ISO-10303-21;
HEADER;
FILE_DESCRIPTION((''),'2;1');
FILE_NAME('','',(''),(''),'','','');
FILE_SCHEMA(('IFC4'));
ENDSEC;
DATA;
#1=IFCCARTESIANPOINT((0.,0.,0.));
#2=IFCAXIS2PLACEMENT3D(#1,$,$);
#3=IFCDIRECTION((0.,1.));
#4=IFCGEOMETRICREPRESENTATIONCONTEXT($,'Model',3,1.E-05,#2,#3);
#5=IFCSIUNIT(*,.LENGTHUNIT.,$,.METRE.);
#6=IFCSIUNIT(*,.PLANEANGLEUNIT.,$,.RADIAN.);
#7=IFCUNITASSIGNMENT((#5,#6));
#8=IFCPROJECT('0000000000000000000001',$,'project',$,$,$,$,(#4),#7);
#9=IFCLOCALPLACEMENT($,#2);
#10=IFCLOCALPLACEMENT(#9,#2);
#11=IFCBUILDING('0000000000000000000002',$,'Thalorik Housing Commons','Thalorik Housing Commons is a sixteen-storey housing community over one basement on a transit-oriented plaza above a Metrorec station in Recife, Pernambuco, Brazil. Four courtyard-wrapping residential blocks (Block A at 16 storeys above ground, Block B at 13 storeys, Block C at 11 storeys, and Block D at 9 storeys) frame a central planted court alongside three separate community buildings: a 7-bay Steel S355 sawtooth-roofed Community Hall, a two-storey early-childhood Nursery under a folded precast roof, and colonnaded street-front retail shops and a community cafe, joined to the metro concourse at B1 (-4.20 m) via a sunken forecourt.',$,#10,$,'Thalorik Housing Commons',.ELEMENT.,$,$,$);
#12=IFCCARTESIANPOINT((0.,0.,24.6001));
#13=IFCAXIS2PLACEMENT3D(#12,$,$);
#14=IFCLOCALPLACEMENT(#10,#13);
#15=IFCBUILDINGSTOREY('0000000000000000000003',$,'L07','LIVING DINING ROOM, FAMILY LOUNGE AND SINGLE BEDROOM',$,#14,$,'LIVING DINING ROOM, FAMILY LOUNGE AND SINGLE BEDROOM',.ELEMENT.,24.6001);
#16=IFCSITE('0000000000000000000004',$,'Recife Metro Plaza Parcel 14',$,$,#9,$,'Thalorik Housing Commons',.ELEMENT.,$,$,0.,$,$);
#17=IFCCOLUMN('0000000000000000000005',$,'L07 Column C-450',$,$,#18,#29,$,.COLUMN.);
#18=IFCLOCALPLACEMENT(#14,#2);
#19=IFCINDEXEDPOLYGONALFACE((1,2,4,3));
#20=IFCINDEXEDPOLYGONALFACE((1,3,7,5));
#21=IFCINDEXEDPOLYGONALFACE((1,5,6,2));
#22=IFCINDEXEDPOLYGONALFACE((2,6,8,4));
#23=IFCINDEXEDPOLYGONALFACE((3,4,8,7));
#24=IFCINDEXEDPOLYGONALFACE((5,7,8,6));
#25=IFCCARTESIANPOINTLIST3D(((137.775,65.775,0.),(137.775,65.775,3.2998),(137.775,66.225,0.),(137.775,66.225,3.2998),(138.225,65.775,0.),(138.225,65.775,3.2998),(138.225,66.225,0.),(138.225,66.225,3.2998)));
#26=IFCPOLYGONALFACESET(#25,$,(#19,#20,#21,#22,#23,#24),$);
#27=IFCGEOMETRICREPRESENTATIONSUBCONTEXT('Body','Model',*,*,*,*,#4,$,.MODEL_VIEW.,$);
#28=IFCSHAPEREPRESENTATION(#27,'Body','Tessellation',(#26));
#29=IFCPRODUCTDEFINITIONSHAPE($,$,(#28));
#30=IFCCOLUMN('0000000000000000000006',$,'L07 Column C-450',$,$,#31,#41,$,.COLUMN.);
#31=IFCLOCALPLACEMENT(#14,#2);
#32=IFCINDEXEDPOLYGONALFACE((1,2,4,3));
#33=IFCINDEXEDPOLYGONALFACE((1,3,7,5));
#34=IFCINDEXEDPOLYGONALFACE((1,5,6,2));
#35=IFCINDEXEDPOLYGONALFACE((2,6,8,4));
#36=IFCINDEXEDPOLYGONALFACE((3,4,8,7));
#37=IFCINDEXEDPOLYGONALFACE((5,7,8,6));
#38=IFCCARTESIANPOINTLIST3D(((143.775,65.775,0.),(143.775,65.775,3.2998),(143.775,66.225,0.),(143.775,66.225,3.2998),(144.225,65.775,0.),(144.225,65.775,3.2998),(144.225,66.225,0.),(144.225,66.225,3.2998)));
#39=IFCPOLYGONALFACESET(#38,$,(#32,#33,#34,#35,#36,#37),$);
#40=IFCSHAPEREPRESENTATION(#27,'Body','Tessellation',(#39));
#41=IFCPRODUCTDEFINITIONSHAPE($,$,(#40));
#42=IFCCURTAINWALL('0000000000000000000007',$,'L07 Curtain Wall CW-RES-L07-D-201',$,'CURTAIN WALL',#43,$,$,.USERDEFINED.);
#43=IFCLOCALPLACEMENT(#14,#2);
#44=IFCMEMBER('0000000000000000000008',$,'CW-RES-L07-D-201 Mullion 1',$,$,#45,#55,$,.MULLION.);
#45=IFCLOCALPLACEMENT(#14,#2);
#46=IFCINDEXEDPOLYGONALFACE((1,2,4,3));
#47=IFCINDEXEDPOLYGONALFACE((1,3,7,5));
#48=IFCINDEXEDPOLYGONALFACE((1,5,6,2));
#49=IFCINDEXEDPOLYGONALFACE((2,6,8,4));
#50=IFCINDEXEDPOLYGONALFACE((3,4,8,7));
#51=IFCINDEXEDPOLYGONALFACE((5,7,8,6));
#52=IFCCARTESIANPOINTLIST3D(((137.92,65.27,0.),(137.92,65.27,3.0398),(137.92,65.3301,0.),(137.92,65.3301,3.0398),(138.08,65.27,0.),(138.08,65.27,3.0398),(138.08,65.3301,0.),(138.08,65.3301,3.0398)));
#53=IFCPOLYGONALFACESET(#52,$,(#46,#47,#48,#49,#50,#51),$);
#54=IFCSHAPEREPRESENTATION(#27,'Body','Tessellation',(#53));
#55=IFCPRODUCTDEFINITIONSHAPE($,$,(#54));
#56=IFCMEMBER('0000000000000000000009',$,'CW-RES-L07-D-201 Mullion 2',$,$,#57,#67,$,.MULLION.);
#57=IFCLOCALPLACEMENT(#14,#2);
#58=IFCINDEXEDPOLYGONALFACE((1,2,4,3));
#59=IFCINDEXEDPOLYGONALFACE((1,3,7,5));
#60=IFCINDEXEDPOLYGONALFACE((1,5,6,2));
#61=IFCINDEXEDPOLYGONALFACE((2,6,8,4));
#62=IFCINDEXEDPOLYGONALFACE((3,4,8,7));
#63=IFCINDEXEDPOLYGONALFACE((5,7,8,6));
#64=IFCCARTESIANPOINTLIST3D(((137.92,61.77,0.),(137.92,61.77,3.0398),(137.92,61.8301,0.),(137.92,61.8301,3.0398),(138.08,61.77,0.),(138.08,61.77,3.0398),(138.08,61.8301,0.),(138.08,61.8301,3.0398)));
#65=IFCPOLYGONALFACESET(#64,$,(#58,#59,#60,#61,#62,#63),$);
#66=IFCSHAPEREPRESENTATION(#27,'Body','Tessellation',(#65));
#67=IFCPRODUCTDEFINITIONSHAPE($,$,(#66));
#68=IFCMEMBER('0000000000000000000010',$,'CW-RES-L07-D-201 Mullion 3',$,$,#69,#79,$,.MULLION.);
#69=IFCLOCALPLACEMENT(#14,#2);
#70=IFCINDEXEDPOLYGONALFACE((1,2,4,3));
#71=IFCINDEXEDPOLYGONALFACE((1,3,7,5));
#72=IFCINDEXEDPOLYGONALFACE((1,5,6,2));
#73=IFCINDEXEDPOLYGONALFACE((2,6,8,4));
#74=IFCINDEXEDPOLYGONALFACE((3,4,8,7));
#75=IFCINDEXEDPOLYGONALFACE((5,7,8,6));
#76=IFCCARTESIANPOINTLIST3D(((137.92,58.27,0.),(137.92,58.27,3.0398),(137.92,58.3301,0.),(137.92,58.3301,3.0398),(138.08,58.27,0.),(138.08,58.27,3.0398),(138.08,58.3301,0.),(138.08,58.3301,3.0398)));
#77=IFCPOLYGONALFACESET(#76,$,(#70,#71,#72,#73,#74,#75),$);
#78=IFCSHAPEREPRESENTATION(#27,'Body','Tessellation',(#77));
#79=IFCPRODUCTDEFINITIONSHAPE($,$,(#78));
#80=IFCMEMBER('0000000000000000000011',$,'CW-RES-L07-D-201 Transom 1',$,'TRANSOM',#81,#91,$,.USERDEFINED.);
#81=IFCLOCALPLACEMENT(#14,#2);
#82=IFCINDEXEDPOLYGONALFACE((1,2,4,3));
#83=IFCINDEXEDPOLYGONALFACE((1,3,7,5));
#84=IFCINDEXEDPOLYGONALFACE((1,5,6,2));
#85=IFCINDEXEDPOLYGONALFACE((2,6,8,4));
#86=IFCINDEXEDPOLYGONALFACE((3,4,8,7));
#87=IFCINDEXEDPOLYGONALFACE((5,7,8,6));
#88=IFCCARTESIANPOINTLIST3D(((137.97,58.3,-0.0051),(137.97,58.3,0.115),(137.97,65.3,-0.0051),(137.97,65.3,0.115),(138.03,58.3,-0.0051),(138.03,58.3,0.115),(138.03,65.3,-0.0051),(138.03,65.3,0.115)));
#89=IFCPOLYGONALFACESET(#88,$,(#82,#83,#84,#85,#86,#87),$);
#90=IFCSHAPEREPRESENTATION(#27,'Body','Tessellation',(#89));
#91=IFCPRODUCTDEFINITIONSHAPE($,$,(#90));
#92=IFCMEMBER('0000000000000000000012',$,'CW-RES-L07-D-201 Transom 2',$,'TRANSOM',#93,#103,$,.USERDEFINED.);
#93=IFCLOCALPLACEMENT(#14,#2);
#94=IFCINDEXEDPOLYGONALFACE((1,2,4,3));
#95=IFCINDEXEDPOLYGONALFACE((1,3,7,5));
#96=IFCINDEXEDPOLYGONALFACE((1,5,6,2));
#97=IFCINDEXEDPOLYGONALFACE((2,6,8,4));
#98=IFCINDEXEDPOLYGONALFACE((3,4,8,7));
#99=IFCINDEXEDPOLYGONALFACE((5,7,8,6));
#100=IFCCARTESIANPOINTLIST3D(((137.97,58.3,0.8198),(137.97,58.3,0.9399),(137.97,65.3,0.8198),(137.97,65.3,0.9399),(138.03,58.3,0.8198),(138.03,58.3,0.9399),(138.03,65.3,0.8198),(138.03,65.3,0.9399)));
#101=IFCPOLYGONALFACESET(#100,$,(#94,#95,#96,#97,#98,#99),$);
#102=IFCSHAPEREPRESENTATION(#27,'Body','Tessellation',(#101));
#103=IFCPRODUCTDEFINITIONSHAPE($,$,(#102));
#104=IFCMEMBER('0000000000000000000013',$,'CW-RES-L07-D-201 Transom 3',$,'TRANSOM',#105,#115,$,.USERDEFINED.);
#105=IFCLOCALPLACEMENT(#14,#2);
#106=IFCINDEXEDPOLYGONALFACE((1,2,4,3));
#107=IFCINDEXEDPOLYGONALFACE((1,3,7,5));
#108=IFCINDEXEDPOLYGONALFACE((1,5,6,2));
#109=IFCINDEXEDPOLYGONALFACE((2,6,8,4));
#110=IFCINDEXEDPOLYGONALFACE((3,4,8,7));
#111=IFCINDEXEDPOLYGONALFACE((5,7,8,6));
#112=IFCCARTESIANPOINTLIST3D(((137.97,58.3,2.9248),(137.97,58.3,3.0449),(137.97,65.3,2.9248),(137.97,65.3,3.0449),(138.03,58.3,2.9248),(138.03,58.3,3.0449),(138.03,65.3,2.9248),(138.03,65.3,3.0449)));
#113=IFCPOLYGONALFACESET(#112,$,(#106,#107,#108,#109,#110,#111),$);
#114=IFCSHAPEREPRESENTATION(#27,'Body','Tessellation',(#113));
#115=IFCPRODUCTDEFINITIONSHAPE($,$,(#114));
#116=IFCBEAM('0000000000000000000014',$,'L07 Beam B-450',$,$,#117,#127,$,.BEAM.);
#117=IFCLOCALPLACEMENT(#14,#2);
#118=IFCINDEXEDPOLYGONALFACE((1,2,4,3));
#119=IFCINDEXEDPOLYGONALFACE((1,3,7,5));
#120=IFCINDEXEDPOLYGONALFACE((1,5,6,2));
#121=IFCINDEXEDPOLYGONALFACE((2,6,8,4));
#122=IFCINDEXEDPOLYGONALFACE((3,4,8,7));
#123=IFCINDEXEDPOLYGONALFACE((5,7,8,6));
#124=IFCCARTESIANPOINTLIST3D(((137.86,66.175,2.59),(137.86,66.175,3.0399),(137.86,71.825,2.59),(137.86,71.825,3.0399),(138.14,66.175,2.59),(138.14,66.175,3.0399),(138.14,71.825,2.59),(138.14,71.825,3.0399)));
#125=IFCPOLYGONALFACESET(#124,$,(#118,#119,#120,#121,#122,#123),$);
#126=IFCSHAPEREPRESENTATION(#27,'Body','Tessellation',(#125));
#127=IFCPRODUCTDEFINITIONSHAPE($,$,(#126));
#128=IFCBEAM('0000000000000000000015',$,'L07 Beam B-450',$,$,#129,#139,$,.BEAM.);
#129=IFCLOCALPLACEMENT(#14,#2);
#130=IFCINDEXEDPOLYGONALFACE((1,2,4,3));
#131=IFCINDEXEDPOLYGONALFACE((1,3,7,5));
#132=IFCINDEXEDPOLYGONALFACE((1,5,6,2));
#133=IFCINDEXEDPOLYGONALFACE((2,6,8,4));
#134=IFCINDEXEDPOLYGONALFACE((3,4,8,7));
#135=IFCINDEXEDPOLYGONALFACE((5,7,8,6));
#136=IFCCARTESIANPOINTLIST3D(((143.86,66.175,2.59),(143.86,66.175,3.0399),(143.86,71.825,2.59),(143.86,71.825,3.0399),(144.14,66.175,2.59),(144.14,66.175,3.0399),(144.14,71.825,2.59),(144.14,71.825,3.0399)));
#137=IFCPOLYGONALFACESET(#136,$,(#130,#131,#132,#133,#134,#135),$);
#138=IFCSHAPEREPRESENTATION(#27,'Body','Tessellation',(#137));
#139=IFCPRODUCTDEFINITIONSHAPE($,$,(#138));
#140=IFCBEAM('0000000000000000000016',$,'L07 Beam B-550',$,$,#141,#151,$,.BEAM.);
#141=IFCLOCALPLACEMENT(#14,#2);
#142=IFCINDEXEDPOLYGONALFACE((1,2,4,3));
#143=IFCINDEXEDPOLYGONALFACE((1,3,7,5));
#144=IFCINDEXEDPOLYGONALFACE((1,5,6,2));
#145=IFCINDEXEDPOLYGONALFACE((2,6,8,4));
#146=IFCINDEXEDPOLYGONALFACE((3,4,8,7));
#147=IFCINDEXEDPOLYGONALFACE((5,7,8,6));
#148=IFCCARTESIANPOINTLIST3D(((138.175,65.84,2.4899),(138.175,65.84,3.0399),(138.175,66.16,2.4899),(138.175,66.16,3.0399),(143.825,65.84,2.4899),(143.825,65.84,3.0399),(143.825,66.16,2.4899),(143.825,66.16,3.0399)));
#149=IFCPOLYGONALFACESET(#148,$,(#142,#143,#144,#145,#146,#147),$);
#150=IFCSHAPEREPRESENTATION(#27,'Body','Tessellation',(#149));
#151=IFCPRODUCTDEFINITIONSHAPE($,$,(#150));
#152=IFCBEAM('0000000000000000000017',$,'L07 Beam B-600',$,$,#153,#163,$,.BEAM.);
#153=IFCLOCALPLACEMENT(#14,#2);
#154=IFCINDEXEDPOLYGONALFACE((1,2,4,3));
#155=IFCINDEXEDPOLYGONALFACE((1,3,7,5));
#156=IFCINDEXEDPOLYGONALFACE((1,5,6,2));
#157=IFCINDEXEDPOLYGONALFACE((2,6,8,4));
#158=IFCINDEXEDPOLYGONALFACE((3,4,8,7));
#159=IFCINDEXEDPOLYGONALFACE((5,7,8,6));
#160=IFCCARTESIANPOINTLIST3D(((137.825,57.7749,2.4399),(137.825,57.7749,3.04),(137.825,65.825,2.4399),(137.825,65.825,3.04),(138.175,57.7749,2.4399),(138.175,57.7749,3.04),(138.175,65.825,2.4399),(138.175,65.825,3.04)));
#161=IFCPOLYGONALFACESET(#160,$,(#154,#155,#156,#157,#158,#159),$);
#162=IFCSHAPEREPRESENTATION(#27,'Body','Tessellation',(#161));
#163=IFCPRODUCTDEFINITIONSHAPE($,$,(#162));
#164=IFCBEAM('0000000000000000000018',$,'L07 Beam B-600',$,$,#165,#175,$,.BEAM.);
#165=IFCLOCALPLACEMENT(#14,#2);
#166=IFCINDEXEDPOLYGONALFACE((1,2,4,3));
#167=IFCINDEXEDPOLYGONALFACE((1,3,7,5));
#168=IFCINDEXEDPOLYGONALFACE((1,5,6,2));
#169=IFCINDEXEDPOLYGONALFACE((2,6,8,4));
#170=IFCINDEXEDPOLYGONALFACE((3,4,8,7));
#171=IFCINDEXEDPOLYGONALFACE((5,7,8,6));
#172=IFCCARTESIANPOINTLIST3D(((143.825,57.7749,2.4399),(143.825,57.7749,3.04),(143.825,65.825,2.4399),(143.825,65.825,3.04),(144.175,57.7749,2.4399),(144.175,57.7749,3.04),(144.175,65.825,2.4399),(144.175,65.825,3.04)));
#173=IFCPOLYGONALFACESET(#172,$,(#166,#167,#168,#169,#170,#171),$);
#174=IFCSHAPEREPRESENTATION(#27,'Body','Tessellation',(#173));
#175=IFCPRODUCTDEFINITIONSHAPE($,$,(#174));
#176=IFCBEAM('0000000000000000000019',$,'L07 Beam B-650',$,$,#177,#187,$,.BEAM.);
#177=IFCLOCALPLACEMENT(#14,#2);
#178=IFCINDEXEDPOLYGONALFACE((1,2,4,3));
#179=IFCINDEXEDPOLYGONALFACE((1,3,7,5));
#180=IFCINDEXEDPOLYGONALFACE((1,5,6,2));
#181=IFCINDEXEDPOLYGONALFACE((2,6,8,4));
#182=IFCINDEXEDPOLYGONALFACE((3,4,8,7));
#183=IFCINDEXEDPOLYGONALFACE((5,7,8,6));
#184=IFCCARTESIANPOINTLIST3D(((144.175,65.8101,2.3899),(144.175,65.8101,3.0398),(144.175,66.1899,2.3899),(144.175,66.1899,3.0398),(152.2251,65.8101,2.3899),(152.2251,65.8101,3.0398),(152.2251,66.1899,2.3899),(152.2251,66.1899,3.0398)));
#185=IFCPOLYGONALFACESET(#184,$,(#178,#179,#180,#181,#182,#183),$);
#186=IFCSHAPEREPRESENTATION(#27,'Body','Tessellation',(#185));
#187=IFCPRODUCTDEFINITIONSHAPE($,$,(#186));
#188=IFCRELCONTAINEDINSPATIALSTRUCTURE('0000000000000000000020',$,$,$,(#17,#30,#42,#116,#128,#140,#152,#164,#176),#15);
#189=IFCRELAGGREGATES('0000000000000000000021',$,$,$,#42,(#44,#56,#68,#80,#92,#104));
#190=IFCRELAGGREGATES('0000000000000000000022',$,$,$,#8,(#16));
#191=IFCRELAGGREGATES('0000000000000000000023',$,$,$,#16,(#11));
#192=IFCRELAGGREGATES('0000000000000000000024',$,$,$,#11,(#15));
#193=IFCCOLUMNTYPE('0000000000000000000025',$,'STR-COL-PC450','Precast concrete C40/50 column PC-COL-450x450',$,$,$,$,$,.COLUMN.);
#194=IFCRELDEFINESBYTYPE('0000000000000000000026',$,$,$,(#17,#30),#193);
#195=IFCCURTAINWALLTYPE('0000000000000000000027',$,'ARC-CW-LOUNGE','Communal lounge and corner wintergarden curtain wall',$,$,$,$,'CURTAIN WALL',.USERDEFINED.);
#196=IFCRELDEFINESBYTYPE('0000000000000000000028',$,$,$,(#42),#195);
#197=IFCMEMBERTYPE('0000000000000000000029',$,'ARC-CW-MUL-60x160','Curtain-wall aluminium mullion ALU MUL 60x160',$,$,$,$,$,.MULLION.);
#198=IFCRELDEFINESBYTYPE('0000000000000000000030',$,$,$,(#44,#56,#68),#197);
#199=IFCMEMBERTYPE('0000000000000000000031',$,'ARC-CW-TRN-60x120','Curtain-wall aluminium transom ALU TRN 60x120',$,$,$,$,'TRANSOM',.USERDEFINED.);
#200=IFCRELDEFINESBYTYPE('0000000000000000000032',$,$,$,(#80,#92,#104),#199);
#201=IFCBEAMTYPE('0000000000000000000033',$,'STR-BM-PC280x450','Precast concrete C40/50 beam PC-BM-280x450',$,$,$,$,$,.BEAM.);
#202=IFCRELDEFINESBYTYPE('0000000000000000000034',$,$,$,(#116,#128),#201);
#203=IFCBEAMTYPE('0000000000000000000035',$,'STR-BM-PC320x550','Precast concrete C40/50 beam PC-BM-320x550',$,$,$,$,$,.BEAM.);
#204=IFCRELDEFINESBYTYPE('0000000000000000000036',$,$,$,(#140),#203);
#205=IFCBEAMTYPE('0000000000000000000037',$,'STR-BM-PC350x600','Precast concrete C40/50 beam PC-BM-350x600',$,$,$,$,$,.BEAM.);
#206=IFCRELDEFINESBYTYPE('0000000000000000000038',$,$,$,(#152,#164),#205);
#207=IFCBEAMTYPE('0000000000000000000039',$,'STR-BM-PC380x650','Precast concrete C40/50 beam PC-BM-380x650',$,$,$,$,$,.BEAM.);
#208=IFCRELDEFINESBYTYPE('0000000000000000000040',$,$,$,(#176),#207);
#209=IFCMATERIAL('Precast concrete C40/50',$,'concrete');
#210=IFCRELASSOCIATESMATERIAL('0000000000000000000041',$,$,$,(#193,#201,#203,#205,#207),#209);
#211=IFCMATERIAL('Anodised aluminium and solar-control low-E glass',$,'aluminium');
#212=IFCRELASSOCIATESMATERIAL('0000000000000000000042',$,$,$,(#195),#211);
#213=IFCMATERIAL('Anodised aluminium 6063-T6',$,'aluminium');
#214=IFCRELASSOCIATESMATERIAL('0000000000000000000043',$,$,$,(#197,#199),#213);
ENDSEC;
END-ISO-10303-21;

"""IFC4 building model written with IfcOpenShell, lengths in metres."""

from ifc_helpers import new_model, si_unit, direction, frame, origin, origin_2d, place, context, subcontext, project, spatial, rectangle, extrude, material, material_profile, profile_set, type_object, element, aggregate, save


model = new_model("IFC4")

# Units and contexts
model_context = context("Model", 3, precision=1e-05, world=origin(), true_north=direction((0.0, 1.0)))
body_context = subcontext(model_context, "Body", "Model", "MODEL_VIEW")
ifc_project = project(units=[si_unit("LENGTHUNIT", "METRE"), si_unit("PLANEANGLEUNIT", "RADIAN")], contexts=[model_context])

# Site, building, storey
site_placement = place(None, origin())
site = spatial("IfcSite", under=ifc_project, at=site_placement, Name="Recife Metro Plaza Parcel 14", LongName="Thalorik Housing Commons", CompositionType="ELEMENT", RefElevation=0.0)
building_placement = place(site_placement, origin())
building = spatial("IfcBuilding", under=site, at=building_placement, Name="Thalorik Housing Commons", Description="Thalorik Housing Commons is a sixteen-storey housing community over one basement on a transit-oriented plaza above a Metrorec station in Recife, Pernambuco, Brazil. Four courtyard-wrapping residential blocks (Block A at 16 storeys above ground, Block B at 13 storeys, Block C at 11 storeys, and Block D at 9 storeys) frame a central planted court alongside three separate community buildings: a 7-bay Steel S355 sawtooth-roofed Community Hall, a two-storey early-childhood Nursery under a folded precast roof, and colonnaded street-front retail shops and a community cafe, joined to the metro concourse at B1 (-4.20 m) via a sunken forecourt.", LongName="Thalorik Housing Commons", CompositionType="ELEMENT")
storey_placement = place(building_placement, frame((0.0, 0.0, 24.6001)))
storey = spatial("IfcBuildingStorey", under=building, at=storey_placement, Name="L07", Description="LIVING DINING ROOM, FAMILY LOUNGE AND SINGLE BEDROOM", LongName="LIVING DINING ROOM, FAMILY LOUNGE AND SINGLE BEDROOM", CompositionType="ELEMENT", Elevation=24.6001)

# Columns
ifc_material_1 = material(Name="Precast concrete C40/50", Category="concrete")
ifc_material_profile_1 = material_profile(ifc_material_1, rectangle(XDim=0.45, YDim=0.45, at=origin_2d()), Name="PC 450x450", Category="concrete")
ifc_profile_set_1 = profile_set([ifc_material_profile_1], Name="Precast concrete C40/50")
column_type = type_object("IfcColumnType", Name="STR-COL-PC450", Description="Precast concrete C40/50 column PC-COL-450x450", PredefinedType="COLUMN", material=ifc_profile_set_1)
for number, where, z_axis, x_axis, name in (
    (1, (138.0, 66.0, 0.0), (0.0, 0.0, 1.0), (1.0, 0.0, 0.0), "L07 Column C-450"),
    (2, (144.0, 66.0, 0.0), (0.0, 0.0, 1.0), (1.0, 0.0, 0.0), "L07 Column C-450"),
):
    element("IfcColumn", number, at=place(storey_placement, frame(where, z_axis=z_axis, x_axis=x_axis)), inside=storey, type_object=column_type, Name=name, PredefinedType="COLUMN", context=body_context, shape_type="SweptSolid", body=[
        extrude(rectangle(XDim=0.45, YDim=0.45, at=origin_2d()), origin(), (0.0, 0.0, 1.0), 3.2998),
    ])

# Curtain wall, members
ifc_material_2 = material(Name="Anodised aluminium and solar-control low-E glass", Category="aluminium")
curtain_wall_type = type_object("IfcCurtainWallType", Name="ARC-CW-LOUNGE", Description="Communal lounge and corner wintergarden curtain wall", ElementType="CURTAIN WALL", PredefinedType="USERDEFINED", material=ifc_material_2)
curtain_wall_placement = place(storey_placement, origin())
curtain_wall = element("IfcCurtainWall", 3, at=curtain_wall_placement, inside=storey, type_object=curtain_wall_type, Name="L07 Curtain Wall CW-RES-L07-D-201", ObjectType="CURTAIN WALL", PredefinedType="USERDEFINED")
ifc_material_3 = material(Name="Anodised aluminium 6063-T6", Category="aluminium")
ifc_material_profile_2 = material_profile(ifc_material_3, rectangle(XDim=0.0601, YDim=0.1599, at=origin_2d()), Name="ALU MUL 60x160", Category="aluminium")
ifc_profile_set_2 = profile_set([ifc_material_profile_2], Name="Anodised aluminium 6063-T6")
member_type_1 = type_object("IfcMemberType", Name="ARC-CW-MUL-60x160", Description="Curtain-wall aluminium mullion ALU MUL 60x160", PredefinedType="MULLION", material=ifc_profile_set_2)
member_1_placement = place(storey_placement, frame((138.0, 65.3, 0.0), z_axis=(0.0, 0.0, 1.0), x_axis=(0.0, -1.0, 0.0)))
member_1 = element("IfcMember", 4, at=member_1_placement, type_object=member_type_1, Name="CW-RES-L07-D-201 Mullion 1", PredefinedType="MULLION", context=body_context, shape_type="SweptSolid", body=[
    extrude(rectangle(XDim=0.0601, YDim=0.1599, at=origin_2d()), origin(), (0.0, 0.0, 1.0), 3.0398),
])
member_2_placement = place(storey_placement, frame((138.0, 61.8, 0.0), z_axis=(0.0, 0.0, 1.0), x_axis=(0.0, -1.0, 0.0)))
member_2 = element("IfcMember", 5, at=member_2_placement, type_object=member_type_1, Name="CW-RES-L07-D-201 Mullion 2", PredefinedType="MULLION", context=body_context, shape_type="SweptSolid", body=[
    extrude(rectangle(XDim=0.0601, YDim=0.1599, at=origin_2d()), origin(), (0.0, 0.0, 1.0), 3.0398),
])
member_3_placement = place(storey_placement, frame((138.0, 58.3, 0.0), z_axis=(0.0, 0.0, 1.0), x_axis=(0.0, -1.0, 0.0)))
member_3 = element("IfcMember", 6, at=member_3_placement, type_object=member_type_1, Name="CW-RES-L07-D-201 Mullion 3", PredefinedType="MULLION", context=body_context, shape_type="SweptSolid", body=[
    extrude(rectangle(XDim=0.0601, YDim=0.1599, at=origin_2d()), origin(), (0.0, 0.0, 1.0), 3.0398),
])
ifc_material_profile_3 = material_profile(ifc_material_3, rectangle(XDim=0.0601, YDim=0.1201, at=origin_2d()), Name="ALU TRN 60x120", Category="aluminium")
ifc_profile_set_3 = profile_set([ifc_material_profile_3], Name="Anodised aluminium 6063-T6")
member_type_2 = type_object("IfcMemberType", Name="ARC-CW-TRN-60x120", Description="Curtain-wall aluminium transom ALU TRN 60x120", ElementType="TRANSOM", PredefinedType="USERDEFINED", material=ifc_profile_set_3)
member_4_placement = place(storey_placement, frame((138.0, 65.3, 0.0549), z_axis=(0.0, -1.0, 0.0), x_axis=(1.0, 0.0, 0.0)))
member_4 = element("IfcMember", 7, at=member_4_placement, type_object=member_type_2, Name="CW-RES-L07-D-201 Transom 1", ObjectType="TRANSOM", PredefinedType="USERDEFINED", context=body_context, shape_type="SweptSolid", body=[
    extrude(rectangle(XDim=0.0601, YDim=0.1201, at=origin_2d()), origin(), (0.0, 0.0, 1.0), 7.0),
])
member_5_placement = place(storey_placement, frame((138.0, 65.3, 0.8799), z_axis=(0.0, -1.0, 0.0), x_axis=(1.0, 0.0, 0.0)))
member_5 = element("IfcMember", 8, at=member_5_placement, type_object=member_type_2, Name="CW-RES-L07-D-201 Transom 2", ObjectType="TRANSOM", PredefinedType="USERDEFINED", context=body_context, shape_type="SweptSolid", body=[
    extrude(rectangle(XDim=0.0601, YDim=0.1201, at=origin_2d()), origin(), (0.0, 0.0, 1.0), 7.0),
])
member_6_placement = place(storey_placement, frame((138.0, 65.3, 2.9849), z_axis=(0.0, -1.0, 0.0), x_axis=(1.0, 0.0, 0.0)))
member_6 = element("IfcMember", 9, at=member_6_placement, type_object=member_type_2, Name="CW-RES-L07-D-201 Transom 3", ObjectType="TRANSOM", PredefinedType="USERDEFINED", context=body_context, shape_type="SweptSolid", body=[
    extrude(rectangle(XDim=0.0601, YDim=0.1201, at=origin_2d()), origin(), (0.0, 0.0, 1.0), 7.0),
])

# Beams
ifc_material_profile_4 = material_profile(ifc_material_1, rectangle(XDim=0.28, YDim=0.45, at=origin_2d()), Name="PC 280x450", Category="concrete")
ifc_profile_set_4 = profile_set([ifc_material_profile_4], Name="Precast concrete C40/50")
beam_type_1 = type_object("IfcBeamType", Name="STR-BM-PC280x450", Description="Precast concrete C40/50 beam PC-BM-280x450", PredefinedType="BEAM", material=ifc_profile_set_4)
for number, where, z_axis, x_axis, name in (
    (10, (138.0, 66.175, 2.8149), (0.0, 1.0, 0.0), (-1.0, 0.0, 0.0), "L07 Beam B-450"),
    (11, (144.0, 66.175, 2.8149), (0.0, 1.0, 0.0), (-1.0, 0.0, 0.0), "L07 Beam B-450"),
):
    element("IfcBeam", number, at=place(storey_placement, frame(where, z_axis=z_axis, x_axis=x_axis)), inside=storey, type_object=beam_type_1, Name=name, PredefinedType="BEAM", context=body_context, shape_type="SweptSolid", body=[
        extrude(rectangle(XDim=0.28, YDim=0.45, at=origin_2d()), origin(), (0.0, 0.0, 1.0), 5.6499),
    ])
ifc_material_profile_5 = material_profile(ifc_material_1, rectangle(XDim=0.3201, YDim=0.55, at=origin_2d()), Name="PC 320x550", Category="concrete")
ifc_profile_set_5 = profile_set([ifc_material_profile_5], Name="Precast concrete C40/50")
beam_type_2 = type_object("IfcBeamType", Name="STR-BM-PC320x550", Description="Precast concrete C40/50 beam PC-BM-320x550", PredefinedType="BEAM", material=ifc_profile_set_5)
beam_1_placement = place(storey_placement, frame((138.175, 66.0, 2.7649), z_axis=(1.0, 0.0, 0.0), x_axis=(0.0, 1.0, 0.0)))
element("IfcBeam", 12, at=beam_1_placement, inside=storey, type_object=beam_type_2, Name="L07 Beam B-550", PredefinedType="BEAM", context=body_context, shape_type="SweptSolid", body=[
    extrude(rectangle(XDim=0.3201, YDim=0.55, at=origin_2d()), origin(), (0.0, 0.0, 1.0), 5.6499),
])
ifc_material_profile_6 = material_profile(ifc_material_1, rectangle(XDim=0.3501, YDim=0.6001, at=origin_2d()), Name="PC 350x600", Category="concrete")
ifc_profile_set_6 = profile_set([ifc_material_profile_6], Name="Precast concrete C40/50")
beam_type_3 = type_object("IfcBeamType", Name="STR-BM-PC350x600", Description="Precast concrete C40/50 beam PC-BM-350x600", PredefinedType="BEAM", material=ifc_profile_set_6)
for number, where, z_axis, x_axis, name in (
    (13, (138.0, 57.7749, 2.74), (0.0, 1.0, 0.0), (-1.0, 0.0, 0.0), "L07 Beam B-600"),
    (14, (144.0, 57.7749, 2.74), (0.0, 1.0, 0.0), (-1.0, 0.0, 0.0), "L07 Beam B-600"),
):
    element("IfcBeam", number, at=place(storey_placement, frame(where, z_axis=z_axis, x_axis=x_axis)), inside=storey, type_object=beam_type_3, Name=name, PredefinedType="BEAM", context=body_context, shape_type="SweptSolid", body=[
        extrude(rectangle(XDim=0.3501, YDim=0.6001, at=origin_2d()), origin(), (0.0, 0.0, 1.0), 8.05),
    ])
ifc_material_profile_7 = material_profile(ifc_material_1, rectangle(XDim=0.3799, YDim=0.6499, at=origin_2d()), Name="PC 380x650", Category="concrete")
ifc_profile_set_7 = profile_set([ifc_material_profile_7], Name="Precast concrete C40/50")
beam_type_4 = type_object("IfcBeamType", Name="STR-BM-PC380x650", Description="Precast concrete C40/50 beam PC-BM-380x650", PredefinedType="BEAM", material=ifc_profile_set_7)
beam_2_placement = place(storey_placement, frame((144.175, 66.0, 2.7148), z_axis=(1.0, 0.0, 0.0), x_axis=(0.0, 1.0, 0.0)))
element("IfcBeam", 15, at=beam_2_placement, inside=storey, type_object=beam_type_4, Name="L07 Beam B-650", PredefinedType="BEAM", context=body_context, shape_type="SweptSolid", body=[
    extrude(rectangle(XDim=0.3799, YDim=0.6499, at=origin_2d()), origin(), (0.0, 0.0, 1.0), 8.05),
])

aggregate(curtain_wall, [member_1, member_2, member_3, member_4, member_5, member_6])

save(model, "model.ifc")
